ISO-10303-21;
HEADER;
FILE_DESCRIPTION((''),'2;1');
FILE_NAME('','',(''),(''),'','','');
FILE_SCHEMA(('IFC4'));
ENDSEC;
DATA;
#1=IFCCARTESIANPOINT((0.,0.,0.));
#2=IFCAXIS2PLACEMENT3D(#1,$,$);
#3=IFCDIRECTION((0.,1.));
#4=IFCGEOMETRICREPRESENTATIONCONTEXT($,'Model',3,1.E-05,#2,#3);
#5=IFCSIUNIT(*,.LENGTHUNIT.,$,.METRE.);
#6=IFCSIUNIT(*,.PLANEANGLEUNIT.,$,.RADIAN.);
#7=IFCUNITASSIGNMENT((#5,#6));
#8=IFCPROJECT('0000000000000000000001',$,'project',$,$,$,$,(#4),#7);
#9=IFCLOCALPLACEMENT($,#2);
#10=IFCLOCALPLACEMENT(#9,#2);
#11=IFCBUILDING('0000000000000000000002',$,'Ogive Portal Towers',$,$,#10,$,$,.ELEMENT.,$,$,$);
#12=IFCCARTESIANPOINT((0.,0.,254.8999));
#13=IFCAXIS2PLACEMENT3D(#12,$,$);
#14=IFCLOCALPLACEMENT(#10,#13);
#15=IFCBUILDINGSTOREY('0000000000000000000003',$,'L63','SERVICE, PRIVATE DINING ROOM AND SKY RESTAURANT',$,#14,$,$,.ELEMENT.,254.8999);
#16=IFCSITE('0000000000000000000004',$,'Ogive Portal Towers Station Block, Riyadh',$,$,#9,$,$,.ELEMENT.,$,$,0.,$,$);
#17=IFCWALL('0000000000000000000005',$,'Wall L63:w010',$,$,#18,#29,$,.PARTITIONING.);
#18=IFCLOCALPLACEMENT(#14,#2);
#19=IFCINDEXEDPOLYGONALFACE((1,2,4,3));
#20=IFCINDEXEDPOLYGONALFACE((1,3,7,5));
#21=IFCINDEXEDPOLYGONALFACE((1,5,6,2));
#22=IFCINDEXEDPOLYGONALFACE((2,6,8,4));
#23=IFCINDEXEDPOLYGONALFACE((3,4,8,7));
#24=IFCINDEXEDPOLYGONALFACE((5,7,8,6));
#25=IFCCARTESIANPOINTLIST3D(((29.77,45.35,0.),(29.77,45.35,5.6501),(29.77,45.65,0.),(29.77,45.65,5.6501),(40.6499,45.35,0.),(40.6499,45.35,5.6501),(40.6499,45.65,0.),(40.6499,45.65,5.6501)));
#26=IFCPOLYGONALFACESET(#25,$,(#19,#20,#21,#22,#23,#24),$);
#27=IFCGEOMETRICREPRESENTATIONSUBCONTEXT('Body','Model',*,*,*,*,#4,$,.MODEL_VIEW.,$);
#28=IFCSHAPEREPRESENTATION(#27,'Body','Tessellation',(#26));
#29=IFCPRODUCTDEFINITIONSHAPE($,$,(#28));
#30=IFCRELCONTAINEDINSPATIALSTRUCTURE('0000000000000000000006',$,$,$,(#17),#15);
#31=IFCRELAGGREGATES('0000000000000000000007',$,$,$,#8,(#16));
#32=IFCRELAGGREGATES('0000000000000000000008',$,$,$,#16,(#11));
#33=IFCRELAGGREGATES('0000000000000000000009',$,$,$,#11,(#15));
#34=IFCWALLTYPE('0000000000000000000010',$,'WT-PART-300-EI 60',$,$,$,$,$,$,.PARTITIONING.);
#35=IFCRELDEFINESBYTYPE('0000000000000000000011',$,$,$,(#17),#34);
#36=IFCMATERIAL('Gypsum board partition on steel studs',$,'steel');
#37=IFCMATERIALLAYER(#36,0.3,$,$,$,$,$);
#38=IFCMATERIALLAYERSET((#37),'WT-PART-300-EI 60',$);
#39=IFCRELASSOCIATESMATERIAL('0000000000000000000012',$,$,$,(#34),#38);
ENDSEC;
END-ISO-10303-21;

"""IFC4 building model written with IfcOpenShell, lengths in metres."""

from ifc_helpers import new_model, si_unit, direction, frame, frame_2d, origin, place, context, subcontext, project, spatial, rectangle, extrude, material, layer, layer_set, type_object, element, save


model = new_model("IFC4")

# Units and contexts
model_context = context("Model", 3, precision=1e-05, world=origin(), true_north=direction((0.0, 1.0)))
body_context = subcontext(model_context, "Body", "Model", "MODEL_VIEW")
ifc_project = project(units=[si_unit("LENGTHUNIT", "METRE"), si_unit("PLANEANGLEUNIT", "RADIAN")], contexts=[model_context])

# Site, building, storey
site_placement = place(None, origin())
site = spatial("IfcSite", under=ifc_project, at=site_placement, Name="Ogive Portal Towers Station Block, Riyadh", CompositionType="ELEMENT", RefElevation=0.0)
building_placement = place(site_placement, origin())
building = spatial("IfcBuilding", under=site, at=building_placement, Name="Ogive Portal Towers", CompositionType="ELEMENT")
storey_placement = place(building_placement, frame((0.0, 0.0, 254.8999)))
storey = spatial("IfcBuildingStorey", under=building, at=storey_placement, Name="L63", Description="SERVICE, PRIVATE DINING ROOM AND SKY RESTAURANT", CompositionType="ELEMENT", Elevation=254.8999)

# Wall
ifc_material_1 = material(Name="Gypsum board partition on steel studs", Category="steel")
ifc_layer_1 = layer(ifc_material_1, 0.3)
ifc_layer_set_1 = layer_set([ifc_layer_1], Name="WT-PART-300-EI 60")
wall_type_1 = type_object("IfcWallType", Name="WT-PART-300-EI 60", PredefinedType="PARTITIONING", material=ifc_layer_set_1)
wall_1_placement = place(storey_placement, frame((29.77, 45.5, 0.0), z_axis=(0.0, 0.0, 1.0), x_axis=(1.0, 0.0, 0.0)))
element("IfcWall", 1, at=wall_1_placement, inside=storey, type_object=wall_type_1, Name="Wall L63:w010", PredefinedType="PARTITIONING", context=body_context, shape_type="SweptSolid", body=[
    extrude(rectangle(XDim=10.8799, YDim=0.3, at=frame_2d((5.4399, 0.0))), origin(), (0.0, 0.0, 1.0), 5.6501),
])

save(model, "model.ifc")
